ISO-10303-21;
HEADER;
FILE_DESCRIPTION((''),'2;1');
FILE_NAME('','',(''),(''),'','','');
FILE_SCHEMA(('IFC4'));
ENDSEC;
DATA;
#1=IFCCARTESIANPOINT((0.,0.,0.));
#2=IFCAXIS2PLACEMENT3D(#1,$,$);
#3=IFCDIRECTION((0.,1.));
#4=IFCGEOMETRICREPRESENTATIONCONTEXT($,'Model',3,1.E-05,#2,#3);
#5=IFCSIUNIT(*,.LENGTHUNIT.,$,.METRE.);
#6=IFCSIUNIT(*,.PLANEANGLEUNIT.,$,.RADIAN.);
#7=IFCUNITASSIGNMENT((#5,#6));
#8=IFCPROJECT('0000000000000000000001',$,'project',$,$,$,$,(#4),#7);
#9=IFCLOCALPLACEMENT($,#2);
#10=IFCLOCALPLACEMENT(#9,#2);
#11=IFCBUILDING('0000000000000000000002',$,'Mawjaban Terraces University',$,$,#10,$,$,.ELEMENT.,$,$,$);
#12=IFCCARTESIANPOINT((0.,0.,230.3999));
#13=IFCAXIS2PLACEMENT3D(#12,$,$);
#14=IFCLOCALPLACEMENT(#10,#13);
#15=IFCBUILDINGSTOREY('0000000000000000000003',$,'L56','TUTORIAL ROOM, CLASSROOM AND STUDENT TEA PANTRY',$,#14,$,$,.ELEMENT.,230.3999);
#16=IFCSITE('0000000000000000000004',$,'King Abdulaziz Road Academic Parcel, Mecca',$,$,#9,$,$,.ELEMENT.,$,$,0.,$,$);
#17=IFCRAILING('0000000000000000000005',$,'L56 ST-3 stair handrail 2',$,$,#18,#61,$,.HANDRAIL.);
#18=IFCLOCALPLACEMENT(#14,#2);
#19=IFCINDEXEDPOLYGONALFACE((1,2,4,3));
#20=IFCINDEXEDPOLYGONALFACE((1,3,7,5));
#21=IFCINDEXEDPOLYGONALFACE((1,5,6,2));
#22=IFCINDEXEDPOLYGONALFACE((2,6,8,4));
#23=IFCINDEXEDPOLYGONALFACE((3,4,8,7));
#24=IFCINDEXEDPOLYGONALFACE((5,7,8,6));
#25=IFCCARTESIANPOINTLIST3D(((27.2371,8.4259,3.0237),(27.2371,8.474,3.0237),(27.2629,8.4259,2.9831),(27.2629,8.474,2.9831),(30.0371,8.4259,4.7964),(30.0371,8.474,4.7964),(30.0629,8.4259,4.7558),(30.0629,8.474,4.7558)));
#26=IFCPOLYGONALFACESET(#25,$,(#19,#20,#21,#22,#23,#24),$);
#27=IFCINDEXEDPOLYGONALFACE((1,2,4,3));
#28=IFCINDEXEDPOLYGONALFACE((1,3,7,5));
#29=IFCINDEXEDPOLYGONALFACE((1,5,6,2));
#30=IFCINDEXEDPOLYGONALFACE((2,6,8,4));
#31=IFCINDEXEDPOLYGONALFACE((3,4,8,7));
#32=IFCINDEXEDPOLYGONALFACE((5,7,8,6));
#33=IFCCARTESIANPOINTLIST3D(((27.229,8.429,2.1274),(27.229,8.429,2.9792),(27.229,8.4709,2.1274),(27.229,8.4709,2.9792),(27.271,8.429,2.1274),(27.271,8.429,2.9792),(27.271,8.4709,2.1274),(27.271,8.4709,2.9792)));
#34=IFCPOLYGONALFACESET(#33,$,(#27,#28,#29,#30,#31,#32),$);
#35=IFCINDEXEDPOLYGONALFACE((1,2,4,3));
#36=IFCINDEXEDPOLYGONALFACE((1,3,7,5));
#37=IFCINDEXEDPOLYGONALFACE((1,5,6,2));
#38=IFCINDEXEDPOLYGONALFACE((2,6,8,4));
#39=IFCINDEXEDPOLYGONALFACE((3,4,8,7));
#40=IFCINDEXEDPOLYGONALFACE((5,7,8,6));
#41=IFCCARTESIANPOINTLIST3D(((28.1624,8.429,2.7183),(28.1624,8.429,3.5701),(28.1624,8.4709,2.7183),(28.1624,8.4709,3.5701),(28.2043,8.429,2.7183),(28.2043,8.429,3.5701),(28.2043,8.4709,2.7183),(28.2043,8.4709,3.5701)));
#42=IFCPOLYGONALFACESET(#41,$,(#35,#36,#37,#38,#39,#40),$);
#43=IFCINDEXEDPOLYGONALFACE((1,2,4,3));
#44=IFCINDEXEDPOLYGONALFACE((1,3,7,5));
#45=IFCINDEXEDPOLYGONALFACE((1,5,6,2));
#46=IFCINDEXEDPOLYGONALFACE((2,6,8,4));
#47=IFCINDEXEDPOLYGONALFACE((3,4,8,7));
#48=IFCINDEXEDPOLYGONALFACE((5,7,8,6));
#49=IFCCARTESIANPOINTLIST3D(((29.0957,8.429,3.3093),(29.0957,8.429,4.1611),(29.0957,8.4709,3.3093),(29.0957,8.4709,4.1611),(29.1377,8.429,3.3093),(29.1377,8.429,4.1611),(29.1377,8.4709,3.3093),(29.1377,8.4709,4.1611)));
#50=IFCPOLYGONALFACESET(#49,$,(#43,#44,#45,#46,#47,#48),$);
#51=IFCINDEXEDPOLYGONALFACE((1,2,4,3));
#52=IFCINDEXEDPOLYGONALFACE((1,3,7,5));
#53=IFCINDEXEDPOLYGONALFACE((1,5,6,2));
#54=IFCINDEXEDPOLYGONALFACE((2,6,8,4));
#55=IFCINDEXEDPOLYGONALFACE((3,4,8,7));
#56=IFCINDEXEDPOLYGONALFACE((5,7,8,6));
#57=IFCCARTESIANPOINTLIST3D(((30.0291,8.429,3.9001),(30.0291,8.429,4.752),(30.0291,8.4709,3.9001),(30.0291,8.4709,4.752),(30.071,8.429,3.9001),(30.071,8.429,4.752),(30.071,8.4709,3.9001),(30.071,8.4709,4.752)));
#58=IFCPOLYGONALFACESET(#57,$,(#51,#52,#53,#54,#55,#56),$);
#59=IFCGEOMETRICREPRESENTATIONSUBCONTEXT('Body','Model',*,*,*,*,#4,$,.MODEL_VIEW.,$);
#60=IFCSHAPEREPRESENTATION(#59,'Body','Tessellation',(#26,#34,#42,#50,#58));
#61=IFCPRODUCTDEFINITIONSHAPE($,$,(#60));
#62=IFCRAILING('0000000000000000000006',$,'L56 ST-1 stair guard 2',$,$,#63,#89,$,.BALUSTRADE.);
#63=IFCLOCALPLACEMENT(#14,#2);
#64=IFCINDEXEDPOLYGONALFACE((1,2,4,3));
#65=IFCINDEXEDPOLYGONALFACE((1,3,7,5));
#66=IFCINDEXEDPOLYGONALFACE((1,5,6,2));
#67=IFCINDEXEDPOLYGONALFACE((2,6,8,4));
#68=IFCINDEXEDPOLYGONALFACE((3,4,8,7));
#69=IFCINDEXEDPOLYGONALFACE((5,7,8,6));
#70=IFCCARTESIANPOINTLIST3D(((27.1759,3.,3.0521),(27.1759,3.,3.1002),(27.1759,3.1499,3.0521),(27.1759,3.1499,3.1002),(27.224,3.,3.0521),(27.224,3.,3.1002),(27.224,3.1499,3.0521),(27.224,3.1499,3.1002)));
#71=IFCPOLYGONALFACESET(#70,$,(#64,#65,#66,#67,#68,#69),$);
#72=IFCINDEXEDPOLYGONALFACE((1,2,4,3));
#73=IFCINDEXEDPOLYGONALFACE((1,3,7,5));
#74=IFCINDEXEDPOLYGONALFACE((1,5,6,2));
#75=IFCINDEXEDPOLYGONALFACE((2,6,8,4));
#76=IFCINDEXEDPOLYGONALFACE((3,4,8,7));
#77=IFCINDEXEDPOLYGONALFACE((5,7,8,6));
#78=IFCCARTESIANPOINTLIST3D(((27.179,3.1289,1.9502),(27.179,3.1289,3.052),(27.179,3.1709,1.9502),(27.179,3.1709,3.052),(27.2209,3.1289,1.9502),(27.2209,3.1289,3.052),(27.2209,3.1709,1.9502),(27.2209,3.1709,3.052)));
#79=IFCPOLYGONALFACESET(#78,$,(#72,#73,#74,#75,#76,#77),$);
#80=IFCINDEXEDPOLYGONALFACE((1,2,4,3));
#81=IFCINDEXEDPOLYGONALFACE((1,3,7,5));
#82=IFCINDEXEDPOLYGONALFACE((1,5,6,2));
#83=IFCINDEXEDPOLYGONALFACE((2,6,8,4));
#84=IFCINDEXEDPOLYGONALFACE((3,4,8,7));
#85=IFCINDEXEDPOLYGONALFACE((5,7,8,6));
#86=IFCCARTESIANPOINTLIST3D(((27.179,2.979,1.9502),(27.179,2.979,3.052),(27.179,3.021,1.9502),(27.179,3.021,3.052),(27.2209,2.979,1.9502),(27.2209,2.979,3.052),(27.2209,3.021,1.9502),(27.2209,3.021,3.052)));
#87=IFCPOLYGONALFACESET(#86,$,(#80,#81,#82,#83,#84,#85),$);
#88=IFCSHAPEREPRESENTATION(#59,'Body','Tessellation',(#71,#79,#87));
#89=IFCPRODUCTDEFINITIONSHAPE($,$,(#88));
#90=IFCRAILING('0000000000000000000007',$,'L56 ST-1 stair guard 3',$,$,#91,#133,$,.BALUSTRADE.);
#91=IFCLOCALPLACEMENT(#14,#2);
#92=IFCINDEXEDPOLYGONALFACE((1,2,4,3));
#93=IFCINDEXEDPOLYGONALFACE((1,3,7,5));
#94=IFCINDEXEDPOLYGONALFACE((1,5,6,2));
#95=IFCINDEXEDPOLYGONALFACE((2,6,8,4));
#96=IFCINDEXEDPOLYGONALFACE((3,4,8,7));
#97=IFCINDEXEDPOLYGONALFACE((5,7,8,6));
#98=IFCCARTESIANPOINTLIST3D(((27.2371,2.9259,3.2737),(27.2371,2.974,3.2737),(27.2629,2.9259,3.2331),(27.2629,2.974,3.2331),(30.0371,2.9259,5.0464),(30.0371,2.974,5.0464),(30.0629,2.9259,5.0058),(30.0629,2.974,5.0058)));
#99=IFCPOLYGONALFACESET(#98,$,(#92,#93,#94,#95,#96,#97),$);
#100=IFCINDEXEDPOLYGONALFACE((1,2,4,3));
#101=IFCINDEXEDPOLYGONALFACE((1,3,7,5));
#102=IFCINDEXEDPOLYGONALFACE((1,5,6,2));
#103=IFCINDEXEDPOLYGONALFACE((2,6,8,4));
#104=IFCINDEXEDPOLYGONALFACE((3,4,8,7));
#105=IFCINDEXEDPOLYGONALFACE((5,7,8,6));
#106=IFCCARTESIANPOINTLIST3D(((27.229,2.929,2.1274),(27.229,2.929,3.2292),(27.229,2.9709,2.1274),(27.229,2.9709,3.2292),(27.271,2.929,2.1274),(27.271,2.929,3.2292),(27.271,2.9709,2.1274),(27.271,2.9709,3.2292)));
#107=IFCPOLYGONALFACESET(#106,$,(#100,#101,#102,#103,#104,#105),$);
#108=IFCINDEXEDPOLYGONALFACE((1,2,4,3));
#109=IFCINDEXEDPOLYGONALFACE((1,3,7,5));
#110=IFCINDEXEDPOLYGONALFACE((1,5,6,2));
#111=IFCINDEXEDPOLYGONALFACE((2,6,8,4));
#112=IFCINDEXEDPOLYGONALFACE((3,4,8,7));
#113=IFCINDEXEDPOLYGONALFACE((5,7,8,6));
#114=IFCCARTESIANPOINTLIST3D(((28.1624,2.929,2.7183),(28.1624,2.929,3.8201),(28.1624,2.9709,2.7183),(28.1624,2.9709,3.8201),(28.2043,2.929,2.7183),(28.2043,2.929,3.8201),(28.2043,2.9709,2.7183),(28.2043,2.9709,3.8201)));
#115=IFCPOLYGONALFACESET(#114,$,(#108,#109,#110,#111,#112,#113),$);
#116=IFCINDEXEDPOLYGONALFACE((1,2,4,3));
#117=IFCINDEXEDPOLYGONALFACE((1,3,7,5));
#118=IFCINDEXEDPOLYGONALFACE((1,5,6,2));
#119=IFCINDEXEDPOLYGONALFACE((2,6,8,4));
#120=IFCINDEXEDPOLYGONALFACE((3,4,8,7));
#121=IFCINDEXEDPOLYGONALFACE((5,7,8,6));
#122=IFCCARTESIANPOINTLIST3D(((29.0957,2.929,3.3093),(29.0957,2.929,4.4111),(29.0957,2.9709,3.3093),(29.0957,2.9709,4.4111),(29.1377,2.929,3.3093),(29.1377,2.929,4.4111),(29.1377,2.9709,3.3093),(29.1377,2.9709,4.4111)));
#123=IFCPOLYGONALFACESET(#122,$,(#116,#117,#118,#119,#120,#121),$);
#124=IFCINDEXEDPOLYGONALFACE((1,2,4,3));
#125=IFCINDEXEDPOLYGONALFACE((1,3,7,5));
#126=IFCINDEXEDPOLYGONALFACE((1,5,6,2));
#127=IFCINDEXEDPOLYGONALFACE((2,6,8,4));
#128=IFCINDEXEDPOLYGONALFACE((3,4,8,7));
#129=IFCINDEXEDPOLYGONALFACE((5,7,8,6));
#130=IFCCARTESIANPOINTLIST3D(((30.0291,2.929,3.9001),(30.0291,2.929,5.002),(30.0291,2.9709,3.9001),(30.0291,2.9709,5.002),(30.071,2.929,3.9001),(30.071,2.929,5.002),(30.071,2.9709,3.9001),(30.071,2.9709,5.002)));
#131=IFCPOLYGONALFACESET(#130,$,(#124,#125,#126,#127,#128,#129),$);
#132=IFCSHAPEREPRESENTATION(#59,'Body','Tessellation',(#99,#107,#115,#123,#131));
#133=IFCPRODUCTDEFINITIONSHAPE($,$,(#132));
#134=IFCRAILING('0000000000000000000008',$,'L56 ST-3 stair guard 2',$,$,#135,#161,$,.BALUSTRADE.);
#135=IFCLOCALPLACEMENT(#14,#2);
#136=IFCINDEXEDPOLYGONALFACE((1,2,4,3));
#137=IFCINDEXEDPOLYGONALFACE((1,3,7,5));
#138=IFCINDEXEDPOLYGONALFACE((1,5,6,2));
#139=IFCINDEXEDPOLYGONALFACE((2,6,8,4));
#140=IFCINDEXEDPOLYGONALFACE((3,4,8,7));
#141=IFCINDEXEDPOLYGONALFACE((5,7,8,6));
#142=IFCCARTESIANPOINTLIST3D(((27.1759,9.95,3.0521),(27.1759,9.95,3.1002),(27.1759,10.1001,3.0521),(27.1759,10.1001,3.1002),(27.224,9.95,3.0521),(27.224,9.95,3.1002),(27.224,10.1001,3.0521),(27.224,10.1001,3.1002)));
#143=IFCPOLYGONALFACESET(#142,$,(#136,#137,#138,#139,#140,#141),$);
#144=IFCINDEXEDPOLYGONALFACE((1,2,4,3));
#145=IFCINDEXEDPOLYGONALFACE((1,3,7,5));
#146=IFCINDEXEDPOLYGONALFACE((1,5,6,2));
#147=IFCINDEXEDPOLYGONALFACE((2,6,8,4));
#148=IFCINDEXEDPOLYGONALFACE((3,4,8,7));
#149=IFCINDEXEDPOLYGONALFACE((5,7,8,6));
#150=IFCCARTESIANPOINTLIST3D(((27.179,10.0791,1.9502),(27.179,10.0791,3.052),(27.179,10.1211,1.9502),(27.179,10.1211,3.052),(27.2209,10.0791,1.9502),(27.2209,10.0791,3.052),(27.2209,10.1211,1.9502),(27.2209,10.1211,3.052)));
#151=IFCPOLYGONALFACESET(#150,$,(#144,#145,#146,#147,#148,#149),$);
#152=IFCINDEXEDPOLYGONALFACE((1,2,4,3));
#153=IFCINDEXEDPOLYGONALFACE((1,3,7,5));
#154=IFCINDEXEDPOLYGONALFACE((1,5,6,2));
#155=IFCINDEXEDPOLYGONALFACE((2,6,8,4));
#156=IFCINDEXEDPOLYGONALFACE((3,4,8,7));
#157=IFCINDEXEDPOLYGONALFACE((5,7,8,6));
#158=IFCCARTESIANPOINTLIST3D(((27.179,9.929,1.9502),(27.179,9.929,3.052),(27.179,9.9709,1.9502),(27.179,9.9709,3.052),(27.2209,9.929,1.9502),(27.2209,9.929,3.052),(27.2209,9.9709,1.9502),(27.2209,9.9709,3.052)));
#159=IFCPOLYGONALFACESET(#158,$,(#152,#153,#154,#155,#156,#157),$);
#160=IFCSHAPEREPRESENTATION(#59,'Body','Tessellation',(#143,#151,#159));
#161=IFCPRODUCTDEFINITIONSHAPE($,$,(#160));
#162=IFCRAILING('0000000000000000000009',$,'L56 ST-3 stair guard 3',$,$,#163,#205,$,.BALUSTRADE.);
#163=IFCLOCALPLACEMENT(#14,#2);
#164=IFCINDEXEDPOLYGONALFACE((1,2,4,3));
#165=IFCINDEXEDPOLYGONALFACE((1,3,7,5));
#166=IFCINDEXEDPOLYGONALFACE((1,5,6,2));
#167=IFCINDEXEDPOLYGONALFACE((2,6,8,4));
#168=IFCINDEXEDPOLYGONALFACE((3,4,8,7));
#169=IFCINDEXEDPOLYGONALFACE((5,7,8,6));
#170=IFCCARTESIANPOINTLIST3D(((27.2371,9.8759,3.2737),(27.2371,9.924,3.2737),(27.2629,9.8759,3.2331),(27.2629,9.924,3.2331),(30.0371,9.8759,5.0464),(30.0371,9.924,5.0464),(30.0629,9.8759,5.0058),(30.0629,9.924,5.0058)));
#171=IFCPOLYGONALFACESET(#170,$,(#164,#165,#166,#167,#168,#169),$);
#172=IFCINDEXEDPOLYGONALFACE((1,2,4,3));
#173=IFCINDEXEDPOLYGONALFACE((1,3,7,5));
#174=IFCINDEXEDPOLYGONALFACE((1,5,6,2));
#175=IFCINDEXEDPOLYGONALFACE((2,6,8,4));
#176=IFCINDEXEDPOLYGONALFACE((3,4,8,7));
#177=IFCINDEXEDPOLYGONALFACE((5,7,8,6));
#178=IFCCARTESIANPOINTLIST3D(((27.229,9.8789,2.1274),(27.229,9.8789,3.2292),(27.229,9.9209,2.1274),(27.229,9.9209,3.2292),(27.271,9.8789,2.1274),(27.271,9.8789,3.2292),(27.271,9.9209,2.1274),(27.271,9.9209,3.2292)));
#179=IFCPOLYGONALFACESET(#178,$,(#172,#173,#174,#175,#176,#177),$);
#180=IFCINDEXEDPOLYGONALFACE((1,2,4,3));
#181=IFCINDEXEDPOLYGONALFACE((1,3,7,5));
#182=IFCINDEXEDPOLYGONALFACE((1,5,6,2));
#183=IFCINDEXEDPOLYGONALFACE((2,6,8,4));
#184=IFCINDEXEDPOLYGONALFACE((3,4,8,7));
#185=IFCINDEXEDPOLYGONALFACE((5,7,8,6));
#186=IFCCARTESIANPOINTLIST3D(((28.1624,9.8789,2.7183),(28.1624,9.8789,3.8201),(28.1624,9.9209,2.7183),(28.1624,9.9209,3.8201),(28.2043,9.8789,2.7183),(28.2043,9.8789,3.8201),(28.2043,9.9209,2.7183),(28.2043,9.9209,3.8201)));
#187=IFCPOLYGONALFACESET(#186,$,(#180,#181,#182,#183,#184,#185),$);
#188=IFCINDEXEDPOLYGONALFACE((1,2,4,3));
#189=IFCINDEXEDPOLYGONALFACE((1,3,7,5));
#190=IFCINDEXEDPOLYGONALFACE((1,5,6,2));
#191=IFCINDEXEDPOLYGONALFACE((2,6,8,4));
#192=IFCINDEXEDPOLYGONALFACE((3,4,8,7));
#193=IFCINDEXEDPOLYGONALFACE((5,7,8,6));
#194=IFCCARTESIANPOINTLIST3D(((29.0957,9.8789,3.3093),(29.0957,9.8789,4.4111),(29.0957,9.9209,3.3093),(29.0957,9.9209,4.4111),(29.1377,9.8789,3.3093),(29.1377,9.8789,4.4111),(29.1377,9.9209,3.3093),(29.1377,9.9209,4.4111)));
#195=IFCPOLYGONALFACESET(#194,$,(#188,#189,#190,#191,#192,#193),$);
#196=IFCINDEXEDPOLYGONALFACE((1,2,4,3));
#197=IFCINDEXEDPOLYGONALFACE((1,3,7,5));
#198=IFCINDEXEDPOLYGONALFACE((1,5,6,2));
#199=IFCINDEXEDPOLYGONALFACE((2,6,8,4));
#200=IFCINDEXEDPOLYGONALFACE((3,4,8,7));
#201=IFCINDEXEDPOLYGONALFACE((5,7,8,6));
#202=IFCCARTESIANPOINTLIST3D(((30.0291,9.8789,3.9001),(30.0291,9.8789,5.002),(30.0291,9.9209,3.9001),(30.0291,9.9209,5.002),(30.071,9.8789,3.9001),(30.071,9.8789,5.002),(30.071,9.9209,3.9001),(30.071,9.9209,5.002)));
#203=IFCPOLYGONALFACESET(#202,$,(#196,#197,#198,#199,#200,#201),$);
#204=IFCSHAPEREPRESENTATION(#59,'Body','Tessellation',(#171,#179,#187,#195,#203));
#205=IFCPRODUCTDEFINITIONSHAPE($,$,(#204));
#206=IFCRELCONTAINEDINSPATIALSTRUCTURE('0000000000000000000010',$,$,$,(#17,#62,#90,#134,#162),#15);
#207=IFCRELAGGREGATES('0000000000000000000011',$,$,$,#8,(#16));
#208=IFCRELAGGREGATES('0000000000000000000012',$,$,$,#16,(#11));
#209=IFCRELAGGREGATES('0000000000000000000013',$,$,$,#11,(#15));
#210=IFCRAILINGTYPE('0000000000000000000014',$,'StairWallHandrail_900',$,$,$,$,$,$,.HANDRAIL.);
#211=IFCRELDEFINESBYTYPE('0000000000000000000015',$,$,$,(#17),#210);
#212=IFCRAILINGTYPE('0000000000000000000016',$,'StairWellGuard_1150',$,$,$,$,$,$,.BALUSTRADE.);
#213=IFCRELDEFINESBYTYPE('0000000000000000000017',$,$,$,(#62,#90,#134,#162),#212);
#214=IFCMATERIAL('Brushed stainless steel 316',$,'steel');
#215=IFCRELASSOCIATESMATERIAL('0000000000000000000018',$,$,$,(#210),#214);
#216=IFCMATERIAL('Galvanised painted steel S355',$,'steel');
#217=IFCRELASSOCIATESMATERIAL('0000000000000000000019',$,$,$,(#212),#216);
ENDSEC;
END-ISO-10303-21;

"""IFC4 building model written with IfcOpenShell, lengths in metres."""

from ifc_helpers import new_model, si_unit, direction, frame, origin, origin_2d, place, context, subcontext, project, spatial, rectangle, extrude, material, type_object, element, save


model = new_model("IFC4")

# Units and contexts
model_context = context("Model", 3, precision=1e-05, world=origin(), true_north=direction((0.0, 1.0)))
body_context = subcontext(model_context, "Body", "Model", "MODEL_VIEW")
ifc_project = project(units=[si_unit("LENGTHUNIT", "METRE"), si_unit("PLANEANGLEUNIT", "RADIAN")], contexts=[model_context])

# Site, building, storey
site_placement = place(None, origin())
site = spatial("IfcSite", under=ifc_project, at=site_placement, Name="King Abdulaziz Road Academic Parcel, Mecca", CompositionType="ELEMENT", RefElevation=0.0)
building_placement = place(site_placement, origin())
building = spatial("IfcBuilding", under=site, at=building_placement, Name="Mawjaban Terraces University", CompositionType="ELEMENT")
storey_placement = place(building_placement, frame((0.0, 0.0, 230.3999)))
storey = spatial("IfcBuildingStorey", under=building, at=storey_placement, Name="L56", Description="TUTORIAL ROOM, CLASSROOM AND STUDENT TEA PANTRY", CompositionType="ELEMENT", Elevation=230.3999)

# Railings
ifc_material_1 = material(Name="Brushed stainless steel 316", Category="steel")
railing_type_1 = type_object("IfcRailingType", Name="StairWallHandrail_900", PredefinedType="HANDRAIL", material=ifc_material_1)
for number, where, name in (
    (1, (27.25, 8.45, 2.1274), "L56 ST-3 stair handrail 2"),
):
    element("IfcRailing", number, at=place(storey_placement, frame(where)), inside=storey, type_object=railing_type_1, Name=name, PredefinedType="HANDRAIL", context=body_context, shape_type="SweptSolid", body=[
        extrude(rectangle(XDim=0.0481, YDim=0.0481, at=origin_2d()), frame((0.0, 0.0, 0.876), z_axis=(0.844909, 0.0, 0.53491), x_axis=(0.0, 1.0, 0.0)), (0.0, 0.0, 1.0), 3.314),
        extrude(rectangle(XDim=0.042, YDim=0.042, at=origin_2d()), origin(), (0.0, 0.0, 1.0), 0.8518),
        extrude(rectangle(XDim=0.042, YDim=0.042, at=origin_2d()), frame((0.9333, 0.0, 0.5908)), (0.0, 0.0, 1.0), 0.8518),
        extrude(rectangle(XDim=0.042, YDim=0.042, at=origin_2d()), frame((1.8667, 0.0, 1.1819)), (0.0, 0.0, 1.0), 0.8518),
        extrude(rectangle(XDim=0.042, YDim=0.042, at=origin_2d()), frame((2.8, 0.0, 1.7727)), (0.0, 0.0, 1.0), 0.8518),
    ])
ifc_material_2 = material(Name="Galvanised painted steel S355", Category="steel")
railing_type_2 = type_object("IfcRailingType", Name="StairWellGuard_1150", PredefinedType="BALUSTRADE", material=ifc_material_2)
railing_1_placement = place(storey_placement, frame((27.2, 3.1499, 1.9502)))
element("IfcRailing", 2, at=railing_1_placement, inside=storey, type_object=railing_type_2, Name="L56 ST-1 stair guard 2", PredefinedType="BALUSTRADE", context=body_context, shape_type="SweptSolid", body=[
    extrude(rectangle(XDim=0.0481, YDim=0.0481, at=origin_2d()), frame((0.0, 0.0, 1.126), z_axis=(0.0, -1.0, 0.0), x_axis=(1.0, 0.0, 0.0)), (0.0, 0.0, 1.0), 0.1499),
    extrude(rectangle(XDim=0.042, YDim=0.042, at=origin_2d()), origin(), (0.0, 0.0, 1.0), 1.1018),
    extrude(rectangle(XDim=0.042, YDim=0.042, at=origin_2d()), frame((0.0, -0.1499, 0.0)), (0.0, 0.0, 1.0), 1.1018),
])
railing_2_placement = place(storey_placement, frame((27.25, 2.95, 2.1274)))
element("IfcRailing", 3, at=railing_2_placement, inside=storey, type_object=railing_type_2, Name="L56 ST-1 stair guard 3", PredefinedType="BALUSTRADE", context=body_context, shape_type="SweptSolid", body=[
    extrude(rectangle(XDim=0.0481, YDim=0.0481, at=origin_2d()), frame((0.0, 0.0, 1.126), z_axis=(0.844909, 0.0, 0.53491), x_axis=(0.0, 1.0, 0.0)), (0.0, 0.0, 1.0), 3.314),
    extrude(rectangle(XDim=0.042, YDim=0.042, at=origin_2d()), origin(), (0.0, 0.0, 1.0), 1.1018),
    extrude(rectangle(XDim=0.042, YDim=0.042, at=origin_2d()), frame((0.9333, 0.0, 0.5908)), (0.0, 0.0, 1.0), 1.1018),
    extrude(rectangle(XDim=0.042, YDim=0.042, at=origin_2d()), frame((1.8667, 0.0, 1.1819)), (0.0, 0.0, 1.0), 1.1018),
    extrude(rectangle(XDim=0.042, YDim=0.042, at=origin_2d()), frame((2.8, 0.0, 1.7727)), (0.0, 0.0, 1.0), 1.1018),
])
railing_3_placement = place(storey_placement, frame((27.2, 10.1001, 1.9502)))
element("IfcRailing", 4, at=railing_3_placement, inside=storey, type_object=railing_type_2, Name="L56 ST-3 stair guard 2", PredefinedType="BALUSTRADE", context=body_context, shape_type="SweptSolid", body=[
    extrude(rectangle(XDim=0.0481, YDim=0.0481, at=origin_2d()), frame((0.0, 0.0, 1.126), z_axis=(0.0, -1.0, 0.0), x_axis=(1.0, 0.0, 0.0)), (0.0, 0.0, 1.0), 0.1501),
    extrude(rectangle(XDim=0.042, YDim=0.042, at=origin_2d()), origin(), (0.0, 0.0, 1.0), 1.1018),
    extrude(rectangle(XDim=0.042, YDim=0.042, at=origin_2d()), frame((0.0, -0.1501, 0.0)), (0.0, 0.0, 1.0), 1.1018),
])
railing_4_placement = place(storey_placement, frame((27.25, 9.8999, 2.1274)))
element("IfcRailing", 5, at=railing_4_placement, inside=storey, type_object=railing_type_2, Name="L56 ST-3 stair guard 3", PredefinedType="BALUSTRADE", context=body_context, shape_type="SweptSolid", body=[
    extrude(rectangle(XDim=0.0481, YDim=0.0481, at=origin_2d()), frame((0.0, 0.0, 1.126), z_axis=(0.844909, 0.0, 0.53491), x_axis=(0.0, 1.0, 0.0)), (0.0, 0.0, 1.0), 3.314),
    extrude(rectangle(XDim=0.042, YDim=0.042, at=origin_2d()), origin(), (0.0, 0.0, 1.0), 1.1018),
    extrude(rectangle(XDim=0.042, YDim=0.042, at=origin_2d()), frame((0.9333, 0.0, 0.5908)), (0.0, 0.0, 1.0), 1.1018),
    extrude(rectangle(XDim=0.042, YDim=0.042, at=origin_2d()), frame((1.8667, 0.0, 1.1819)), (0.0, 0.0, 1.0), 1.1018),
    extrude(rectangle(XDim=0.042, YDim=0.042, at=origin_2d()), frame((2.8, 0.0, 1.7727)), (0.0, 0.0, 1.0), 1.1018),
])

save(model, "model.ifc")
